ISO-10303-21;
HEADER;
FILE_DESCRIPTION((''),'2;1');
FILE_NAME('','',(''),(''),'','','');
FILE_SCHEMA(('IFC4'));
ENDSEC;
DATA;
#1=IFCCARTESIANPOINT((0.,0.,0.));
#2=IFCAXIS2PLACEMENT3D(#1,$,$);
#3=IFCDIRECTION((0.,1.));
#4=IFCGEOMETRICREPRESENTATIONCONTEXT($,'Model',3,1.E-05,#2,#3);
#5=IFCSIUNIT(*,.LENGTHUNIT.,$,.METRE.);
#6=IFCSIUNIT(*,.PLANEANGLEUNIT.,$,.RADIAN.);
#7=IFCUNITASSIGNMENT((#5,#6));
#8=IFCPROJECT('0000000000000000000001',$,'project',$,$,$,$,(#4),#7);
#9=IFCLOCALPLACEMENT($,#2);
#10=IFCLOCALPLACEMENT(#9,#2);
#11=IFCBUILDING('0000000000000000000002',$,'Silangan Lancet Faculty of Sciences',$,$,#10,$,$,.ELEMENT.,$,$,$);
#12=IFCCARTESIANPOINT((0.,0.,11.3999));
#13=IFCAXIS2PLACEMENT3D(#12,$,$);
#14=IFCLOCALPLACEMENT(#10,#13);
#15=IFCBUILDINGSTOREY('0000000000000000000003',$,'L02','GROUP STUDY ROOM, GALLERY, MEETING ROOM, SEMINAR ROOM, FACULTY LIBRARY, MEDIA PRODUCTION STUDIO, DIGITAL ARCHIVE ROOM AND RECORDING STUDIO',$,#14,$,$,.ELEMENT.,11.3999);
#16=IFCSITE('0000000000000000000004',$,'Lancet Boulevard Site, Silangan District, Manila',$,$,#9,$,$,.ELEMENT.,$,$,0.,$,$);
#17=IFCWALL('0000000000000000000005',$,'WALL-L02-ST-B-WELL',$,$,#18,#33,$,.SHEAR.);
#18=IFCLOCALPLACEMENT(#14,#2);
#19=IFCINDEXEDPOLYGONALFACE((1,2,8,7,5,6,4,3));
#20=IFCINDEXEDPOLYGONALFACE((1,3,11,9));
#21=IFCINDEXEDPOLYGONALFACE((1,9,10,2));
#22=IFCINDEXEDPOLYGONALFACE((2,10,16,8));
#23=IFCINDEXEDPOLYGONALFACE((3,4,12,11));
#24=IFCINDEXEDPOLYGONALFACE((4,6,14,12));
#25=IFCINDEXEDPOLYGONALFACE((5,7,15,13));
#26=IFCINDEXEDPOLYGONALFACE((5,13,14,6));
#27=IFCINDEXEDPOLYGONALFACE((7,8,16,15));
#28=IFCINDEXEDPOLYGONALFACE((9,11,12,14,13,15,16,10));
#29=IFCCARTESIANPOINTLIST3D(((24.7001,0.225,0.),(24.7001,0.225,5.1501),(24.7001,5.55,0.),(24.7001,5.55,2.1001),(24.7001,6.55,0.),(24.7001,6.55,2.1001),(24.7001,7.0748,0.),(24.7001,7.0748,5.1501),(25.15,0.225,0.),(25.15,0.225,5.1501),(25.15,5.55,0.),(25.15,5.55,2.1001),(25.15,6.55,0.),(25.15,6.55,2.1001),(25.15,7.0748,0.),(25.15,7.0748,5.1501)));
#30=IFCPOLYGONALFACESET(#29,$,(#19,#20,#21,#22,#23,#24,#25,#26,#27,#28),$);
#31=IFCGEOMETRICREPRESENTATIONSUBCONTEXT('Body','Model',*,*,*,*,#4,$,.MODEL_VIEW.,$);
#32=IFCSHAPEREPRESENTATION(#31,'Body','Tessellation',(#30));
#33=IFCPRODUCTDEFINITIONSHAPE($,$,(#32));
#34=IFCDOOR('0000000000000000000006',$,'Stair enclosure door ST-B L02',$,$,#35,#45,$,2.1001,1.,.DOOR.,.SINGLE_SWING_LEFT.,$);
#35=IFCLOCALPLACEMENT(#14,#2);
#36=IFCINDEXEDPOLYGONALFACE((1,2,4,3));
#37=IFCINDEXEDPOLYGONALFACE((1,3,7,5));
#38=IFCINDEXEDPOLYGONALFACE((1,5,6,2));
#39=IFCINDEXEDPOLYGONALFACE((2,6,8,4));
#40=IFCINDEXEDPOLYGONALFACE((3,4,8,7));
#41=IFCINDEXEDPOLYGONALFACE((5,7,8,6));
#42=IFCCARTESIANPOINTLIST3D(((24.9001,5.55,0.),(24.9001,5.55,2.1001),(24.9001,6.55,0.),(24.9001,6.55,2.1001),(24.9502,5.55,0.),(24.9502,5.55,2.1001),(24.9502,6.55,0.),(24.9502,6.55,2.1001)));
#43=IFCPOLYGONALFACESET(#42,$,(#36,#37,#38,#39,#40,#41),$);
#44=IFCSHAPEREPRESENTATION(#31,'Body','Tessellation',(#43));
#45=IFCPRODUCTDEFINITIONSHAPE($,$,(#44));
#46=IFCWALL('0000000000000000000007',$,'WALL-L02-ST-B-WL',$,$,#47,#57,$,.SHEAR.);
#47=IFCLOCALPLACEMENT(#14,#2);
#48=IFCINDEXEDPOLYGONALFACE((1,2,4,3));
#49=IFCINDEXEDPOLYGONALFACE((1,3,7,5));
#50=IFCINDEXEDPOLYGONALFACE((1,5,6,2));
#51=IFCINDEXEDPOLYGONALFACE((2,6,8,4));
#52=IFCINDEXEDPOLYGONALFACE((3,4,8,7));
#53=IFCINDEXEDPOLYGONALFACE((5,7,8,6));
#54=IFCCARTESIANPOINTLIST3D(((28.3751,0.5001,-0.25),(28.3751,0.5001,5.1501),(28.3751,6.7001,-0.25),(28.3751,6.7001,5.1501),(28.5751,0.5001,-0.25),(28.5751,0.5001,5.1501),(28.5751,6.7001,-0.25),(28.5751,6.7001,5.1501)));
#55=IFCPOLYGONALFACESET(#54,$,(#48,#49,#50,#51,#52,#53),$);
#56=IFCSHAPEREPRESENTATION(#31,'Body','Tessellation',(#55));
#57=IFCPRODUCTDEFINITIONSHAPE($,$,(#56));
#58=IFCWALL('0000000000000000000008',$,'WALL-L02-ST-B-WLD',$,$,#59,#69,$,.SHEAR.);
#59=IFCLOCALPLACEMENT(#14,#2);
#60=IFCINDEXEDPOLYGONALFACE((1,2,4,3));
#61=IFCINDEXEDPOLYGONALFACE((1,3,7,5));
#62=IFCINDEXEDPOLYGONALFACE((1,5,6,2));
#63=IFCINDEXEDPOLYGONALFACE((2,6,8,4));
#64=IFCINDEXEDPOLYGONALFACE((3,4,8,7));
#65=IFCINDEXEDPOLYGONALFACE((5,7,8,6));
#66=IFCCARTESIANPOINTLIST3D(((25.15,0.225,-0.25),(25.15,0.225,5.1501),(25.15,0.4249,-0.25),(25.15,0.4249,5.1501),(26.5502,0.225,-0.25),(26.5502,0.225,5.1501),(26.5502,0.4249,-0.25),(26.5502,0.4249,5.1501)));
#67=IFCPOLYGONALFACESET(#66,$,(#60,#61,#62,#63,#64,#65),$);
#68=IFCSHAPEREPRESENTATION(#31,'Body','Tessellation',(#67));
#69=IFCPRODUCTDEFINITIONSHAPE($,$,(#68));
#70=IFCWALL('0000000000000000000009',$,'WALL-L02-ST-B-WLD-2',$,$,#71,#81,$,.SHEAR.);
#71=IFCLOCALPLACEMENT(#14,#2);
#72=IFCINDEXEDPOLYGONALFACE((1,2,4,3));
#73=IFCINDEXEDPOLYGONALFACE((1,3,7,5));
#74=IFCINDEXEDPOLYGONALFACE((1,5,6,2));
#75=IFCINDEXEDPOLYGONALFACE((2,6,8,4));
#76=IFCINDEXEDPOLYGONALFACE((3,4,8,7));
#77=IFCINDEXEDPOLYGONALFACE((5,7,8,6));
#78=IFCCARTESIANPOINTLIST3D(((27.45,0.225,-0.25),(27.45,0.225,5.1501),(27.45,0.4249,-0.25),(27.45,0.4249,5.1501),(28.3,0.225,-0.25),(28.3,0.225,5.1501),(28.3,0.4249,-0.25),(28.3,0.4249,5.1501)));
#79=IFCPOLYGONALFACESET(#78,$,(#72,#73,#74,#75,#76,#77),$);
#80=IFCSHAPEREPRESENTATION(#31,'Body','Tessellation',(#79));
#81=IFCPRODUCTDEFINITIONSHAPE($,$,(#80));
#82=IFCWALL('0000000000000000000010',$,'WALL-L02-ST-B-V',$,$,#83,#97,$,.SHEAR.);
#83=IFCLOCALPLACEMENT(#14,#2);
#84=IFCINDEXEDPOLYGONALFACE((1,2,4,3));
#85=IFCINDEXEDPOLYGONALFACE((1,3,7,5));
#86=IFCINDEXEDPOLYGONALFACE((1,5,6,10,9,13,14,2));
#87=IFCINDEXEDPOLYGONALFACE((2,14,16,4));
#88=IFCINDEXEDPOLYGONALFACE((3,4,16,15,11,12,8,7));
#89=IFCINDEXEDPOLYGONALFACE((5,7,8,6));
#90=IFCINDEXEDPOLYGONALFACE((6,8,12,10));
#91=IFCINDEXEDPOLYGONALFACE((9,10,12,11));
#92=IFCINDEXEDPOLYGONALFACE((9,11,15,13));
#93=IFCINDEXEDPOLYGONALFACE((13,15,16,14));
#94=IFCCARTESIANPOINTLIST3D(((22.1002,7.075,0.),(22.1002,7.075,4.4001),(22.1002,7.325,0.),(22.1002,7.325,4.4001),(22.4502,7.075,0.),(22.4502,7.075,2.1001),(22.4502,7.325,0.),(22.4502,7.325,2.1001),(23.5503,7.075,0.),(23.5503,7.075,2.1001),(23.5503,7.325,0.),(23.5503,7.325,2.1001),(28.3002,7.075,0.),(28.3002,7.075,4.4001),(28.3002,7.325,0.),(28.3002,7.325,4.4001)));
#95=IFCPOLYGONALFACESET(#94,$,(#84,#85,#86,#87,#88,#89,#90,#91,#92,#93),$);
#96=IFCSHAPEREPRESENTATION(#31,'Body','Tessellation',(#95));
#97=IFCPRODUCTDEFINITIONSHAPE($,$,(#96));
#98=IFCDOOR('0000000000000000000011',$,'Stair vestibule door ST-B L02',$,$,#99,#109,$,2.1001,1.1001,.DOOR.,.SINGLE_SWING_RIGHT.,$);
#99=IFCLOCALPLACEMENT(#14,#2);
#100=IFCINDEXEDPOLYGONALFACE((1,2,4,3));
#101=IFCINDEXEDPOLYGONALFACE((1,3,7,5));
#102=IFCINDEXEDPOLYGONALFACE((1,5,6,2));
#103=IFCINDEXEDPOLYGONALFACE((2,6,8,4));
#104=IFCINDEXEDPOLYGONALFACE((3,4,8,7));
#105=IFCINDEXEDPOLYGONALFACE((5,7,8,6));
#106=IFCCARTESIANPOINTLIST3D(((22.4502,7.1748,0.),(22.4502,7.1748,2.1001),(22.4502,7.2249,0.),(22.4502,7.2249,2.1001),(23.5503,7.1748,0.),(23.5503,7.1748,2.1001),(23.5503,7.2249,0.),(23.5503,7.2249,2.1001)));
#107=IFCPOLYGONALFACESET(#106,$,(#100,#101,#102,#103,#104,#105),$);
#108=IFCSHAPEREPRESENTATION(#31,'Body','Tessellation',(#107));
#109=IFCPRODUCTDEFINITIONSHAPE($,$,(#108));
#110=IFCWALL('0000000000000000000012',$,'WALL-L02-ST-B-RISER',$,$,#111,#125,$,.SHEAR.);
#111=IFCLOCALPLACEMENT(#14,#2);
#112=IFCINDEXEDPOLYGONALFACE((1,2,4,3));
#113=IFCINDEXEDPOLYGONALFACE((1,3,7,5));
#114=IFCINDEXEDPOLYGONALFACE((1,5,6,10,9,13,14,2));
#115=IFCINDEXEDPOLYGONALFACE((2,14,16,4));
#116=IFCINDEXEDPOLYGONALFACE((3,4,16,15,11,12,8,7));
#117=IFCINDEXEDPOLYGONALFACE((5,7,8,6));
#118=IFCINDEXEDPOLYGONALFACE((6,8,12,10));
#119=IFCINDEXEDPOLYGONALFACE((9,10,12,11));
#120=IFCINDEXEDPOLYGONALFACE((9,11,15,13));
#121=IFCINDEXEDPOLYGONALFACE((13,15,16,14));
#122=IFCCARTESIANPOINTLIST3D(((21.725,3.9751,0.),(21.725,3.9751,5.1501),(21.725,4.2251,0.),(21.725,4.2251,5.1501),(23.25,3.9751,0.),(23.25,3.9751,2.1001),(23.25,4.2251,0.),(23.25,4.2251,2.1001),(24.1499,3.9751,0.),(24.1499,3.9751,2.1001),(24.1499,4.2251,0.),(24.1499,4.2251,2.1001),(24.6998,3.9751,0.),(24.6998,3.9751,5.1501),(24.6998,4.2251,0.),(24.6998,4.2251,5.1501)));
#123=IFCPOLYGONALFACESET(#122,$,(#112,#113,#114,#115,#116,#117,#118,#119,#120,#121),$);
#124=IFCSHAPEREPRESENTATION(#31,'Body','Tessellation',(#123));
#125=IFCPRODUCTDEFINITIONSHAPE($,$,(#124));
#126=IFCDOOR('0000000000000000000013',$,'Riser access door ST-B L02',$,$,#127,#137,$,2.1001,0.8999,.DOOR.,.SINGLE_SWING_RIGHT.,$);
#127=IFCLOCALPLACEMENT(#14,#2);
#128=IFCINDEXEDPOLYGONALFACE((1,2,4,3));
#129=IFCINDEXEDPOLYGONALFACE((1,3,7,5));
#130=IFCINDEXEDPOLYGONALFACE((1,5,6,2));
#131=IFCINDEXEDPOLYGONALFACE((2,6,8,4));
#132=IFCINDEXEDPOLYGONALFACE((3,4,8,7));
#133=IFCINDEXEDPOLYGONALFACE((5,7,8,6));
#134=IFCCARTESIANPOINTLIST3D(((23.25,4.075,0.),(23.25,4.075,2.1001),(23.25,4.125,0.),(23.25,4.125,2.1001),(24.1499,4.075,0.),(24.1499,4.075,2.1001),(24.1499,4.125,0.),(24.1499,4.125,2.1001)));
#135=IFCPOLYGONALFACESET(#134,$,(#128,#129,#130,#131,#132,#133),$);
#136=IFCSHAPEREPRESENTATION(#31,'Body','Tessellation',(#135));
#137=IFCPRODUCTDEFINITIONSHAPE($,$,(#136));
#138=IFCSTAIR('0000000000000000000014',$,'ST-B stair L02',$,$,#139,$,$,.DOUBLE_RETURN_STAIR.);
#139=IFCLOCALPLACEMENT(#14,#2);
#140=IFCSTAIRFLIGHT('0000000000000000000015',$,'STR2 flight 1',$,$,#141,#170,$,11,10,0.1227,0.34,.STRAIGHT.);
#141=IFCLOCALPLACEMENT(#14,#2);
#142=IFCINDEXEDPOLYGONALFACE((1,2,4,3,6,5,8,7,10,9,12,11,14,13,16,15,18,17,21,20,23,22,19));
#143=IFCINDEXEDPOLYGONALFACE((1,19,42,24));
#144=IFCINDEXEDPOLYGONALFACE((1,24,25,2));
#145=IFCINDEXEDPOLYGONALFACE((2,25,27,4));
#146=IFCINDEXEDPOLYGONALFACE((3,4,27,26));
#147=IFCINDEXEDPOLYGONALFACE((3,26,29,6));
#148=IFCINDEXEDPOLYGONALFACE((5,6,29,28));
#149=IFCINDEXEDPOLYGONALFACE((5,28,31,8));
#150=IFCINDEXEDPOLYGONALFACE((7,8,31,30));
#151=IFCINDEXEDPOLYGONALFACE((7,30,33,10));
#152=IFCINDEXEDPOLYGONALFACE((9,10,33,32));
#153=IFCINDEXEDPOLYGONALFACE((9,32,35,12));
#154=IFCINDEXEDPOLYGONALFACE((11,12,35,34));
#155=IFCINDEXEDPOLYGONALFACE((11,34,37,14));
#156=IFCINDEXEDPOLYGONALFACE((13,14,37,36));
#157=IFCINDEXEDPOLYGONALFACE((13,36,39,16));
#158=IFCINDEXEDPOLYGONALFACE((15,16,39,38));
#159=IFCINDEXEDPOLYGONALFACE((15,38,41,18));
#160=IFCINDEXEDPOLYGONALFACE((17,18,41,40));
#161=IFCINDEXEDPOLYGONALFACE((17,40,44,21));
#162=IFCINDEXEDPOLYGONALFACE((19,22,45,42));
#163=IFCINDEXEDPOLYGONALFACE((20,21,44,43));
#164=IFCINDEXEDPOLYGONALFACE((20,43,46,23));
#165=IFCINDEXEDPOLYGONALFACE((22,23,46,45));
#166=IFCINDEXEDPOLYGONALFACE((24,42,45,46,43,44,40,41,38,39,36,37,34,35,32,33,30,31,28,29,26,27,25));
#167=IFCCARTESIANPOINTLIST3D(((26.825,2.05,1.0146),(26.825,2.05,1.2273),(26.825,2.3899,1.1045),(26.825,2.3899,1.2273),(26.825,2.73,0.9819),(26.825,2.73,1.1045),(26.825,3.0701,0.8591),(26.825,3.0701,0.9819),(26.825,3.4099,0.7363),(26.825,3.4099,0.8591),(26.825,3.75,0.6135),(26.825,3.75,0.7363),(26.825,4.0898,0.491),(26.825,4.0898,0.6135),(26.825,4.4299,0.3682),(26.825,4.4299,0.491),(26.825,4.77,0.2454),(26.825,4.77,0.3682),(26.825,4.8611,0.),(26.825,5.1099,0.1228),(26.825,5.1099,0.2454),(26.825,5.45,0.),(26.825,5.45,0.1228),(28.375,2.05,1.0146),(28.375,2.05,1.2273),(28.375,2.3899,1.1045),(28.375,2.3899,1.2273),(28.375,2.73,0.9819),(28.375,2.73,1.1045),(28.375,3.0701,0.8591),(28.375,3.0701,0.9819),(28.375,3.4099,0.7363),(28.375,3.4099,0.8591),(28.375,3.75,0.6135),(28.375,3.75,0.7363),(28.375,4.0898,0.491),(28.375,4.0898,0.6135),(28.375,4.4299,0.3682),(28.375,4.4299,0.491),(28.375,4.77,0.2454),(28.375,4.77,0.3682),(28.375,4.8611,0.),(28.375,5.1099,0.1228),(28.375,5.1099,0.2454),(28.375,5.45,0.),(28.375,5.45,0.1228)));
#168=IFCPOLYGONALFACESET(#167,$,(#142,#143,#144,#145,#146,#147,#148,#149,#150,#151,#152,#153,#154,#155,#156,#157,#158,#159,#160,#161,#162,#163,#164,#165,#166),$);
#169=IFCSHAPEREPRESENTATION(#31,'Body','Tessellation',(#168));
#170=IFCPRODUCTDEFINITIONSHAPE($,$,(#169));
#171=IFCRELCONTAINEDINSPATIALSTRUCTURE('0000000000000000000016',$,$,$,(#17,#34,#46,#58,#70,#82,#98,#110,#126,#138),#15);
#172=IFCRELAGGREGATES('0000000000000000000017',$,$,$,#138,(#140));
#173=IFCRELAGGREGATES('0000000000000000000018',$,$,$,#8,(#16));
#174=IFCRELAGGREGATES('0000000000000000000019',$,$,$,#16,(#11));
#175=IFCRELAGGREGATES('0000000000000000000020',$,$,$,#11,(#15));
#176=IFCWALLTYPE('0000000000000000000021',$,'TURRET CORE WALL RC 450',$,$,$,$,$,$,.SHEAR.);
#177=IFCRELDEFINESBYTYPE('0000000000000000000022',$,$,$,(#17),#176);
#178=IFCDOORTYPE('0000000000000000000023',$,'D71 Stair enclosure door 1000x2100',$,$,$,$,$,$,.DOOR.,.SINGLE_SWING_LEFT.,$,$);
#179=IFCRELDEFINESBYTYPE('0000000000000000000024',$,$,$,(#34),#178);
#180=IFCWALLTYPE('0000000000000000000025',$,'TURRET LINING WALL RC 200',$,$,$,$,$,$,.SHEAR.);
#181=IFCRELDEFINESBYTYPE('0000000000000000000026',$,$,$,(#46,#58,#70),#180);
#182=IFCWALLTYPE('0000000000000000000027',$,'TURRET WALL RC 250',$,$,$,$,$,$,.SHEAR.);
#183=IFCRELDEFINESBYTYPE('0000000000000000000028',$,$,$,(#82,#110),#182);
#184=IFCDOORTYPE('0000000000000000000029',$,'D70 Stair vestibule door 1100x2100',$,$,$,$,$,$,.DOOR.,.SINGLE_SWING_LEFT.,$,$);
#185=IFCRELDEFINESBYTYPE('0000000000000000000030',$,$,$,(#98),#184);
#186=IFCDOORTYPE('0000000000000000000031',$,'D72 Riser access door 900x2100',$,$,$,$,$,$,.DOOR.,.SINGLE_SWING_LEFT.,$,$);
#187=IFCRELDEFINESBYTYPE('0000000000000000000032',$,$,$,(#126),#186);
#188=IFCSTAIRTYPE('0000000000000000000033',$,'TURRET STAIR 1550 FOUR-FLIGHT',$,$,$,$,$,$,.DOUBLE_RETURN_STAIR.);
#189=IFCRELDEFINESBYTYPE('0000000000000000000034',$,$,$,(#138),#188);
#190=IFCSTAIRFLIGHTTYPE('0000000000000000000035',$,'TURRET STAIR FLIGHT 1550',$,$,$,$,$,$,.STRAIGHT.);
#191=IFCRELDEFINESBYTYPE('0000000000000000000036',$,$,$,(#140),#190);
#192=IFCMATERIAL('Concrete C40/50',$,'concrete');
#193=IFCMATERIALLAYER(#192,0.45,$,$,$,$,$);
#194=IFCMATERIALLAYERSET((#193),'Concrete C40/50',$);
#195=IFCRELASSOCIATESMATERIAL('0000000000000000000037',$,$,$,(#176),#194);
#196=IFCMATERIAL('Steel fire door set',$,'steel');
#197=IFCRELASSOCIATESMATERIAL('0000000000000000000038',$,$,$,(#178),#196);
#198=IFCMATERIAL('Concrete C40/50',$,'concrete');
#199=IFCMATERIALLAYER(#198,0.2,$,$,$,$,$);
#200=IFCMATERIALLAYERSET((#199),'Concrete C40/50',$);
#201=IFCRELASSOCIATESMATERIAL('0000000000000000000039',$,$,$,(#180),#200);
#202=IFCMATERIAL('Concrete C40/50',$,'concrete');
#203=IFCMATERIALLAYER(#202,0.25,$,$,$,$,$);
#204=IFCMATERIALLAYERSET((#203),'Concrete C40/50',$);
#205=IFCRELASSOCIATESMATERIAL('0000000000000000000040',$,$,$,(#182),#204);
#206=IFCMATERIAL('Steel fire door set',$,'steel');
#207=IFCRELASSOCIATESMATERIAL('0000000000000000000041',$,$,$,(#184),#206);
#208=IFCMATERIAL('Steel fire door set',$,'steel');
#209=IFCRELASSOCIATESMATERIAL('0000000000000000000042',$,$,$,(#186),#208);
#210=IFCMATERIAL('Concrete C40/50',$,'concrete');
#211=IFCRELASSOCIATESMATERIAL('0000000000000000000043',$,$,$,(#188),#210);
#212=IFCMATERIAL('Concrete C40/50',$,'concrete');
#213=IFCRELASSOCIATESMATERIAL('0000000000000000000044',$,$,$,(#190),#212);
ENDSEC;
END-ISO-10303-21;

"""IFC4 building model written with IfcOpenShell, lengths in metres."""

from ifc_helpers import new_model, si_unit, direction, frame, frame_2d, origin, place, context, subcontext, project, spatial, polyline, rectangle, outline, extrude, material, layer, layer_set, type_object, element, fill, aggregate, save


model = new_model("IFC4")

# Units and contexts
model_context = context("Model", 3, precision=1e-05, world=origin(), true_north=direction((0.0, 1.0)))
body_context = subcontext(model_context, "Body", "Model", "MODEL_VIEW")
ifc_project = project(units=[si_unit("LENGTHUNIT", "METRE"), si_unit("PLANEANGLEUNIT", "RADIAN")], contexts=[model_context])

# Site, building, storey
site_placement = place(None, origin())
site = spatial("IfcSite", under=ifc_project, at=site_placement, Name="Lancet Boulevard Site, Silangan District, Manila", CompositionType="ELEMENT", RefElevation=0.0)
building_placement = place(site_placement, origin())
building = spatial("IfcBuilding", under=site, at=building_placement, Name="Silangan Lancet Faculty of Sciences", CompositionType="ELEMENT")
storey_placement = place(building_placement, frame((0.0, 0.0, 11.3999)))
storey = spatial("IfcBuildingStorey", under=building, at=storey_placement, Name="L02", Description="GROUP STUDY ROOM, GALLERY, MEETING ROOM, SEMINAR ROOM, FACULTY LIBRARY, MEDIA PRODUCTION STUDIO, DIGITAL ARCHIVE ROOM AND RECORDING STUDIO", CompositionType="ELEMENT", Elevation=11.3999)

# Wall, opening, door
ifc_material_1 = material(Name="Concrete C40/50", Category="concrete")
ifc_layer_1 = layer(ifc_material_1, 0.45)
ifc_layer_set_1 = layer_set([ifc_layer_1], Name="Concrete C40/50")
wall_type_1 = type_object("IfcWallType", Name="TURRET CORE WALL RC 450", PredefinedType="SHEAR", material=ifc_layer_set_1)
wall_1_placement = place(storey_placement, frame((24.925, 0.2251, 0.0), z_axis=(0.0, 0.0, 1.0), x_axis=(0.0, 1.0, 0.0)))
wall_1 = element("IfcWall", 1, at=wall_1_placement, inside=storey, type_object=wall_type_1, Name="WALL-L02-ST-B-WELL", PredefinedType="SHEAR", context=body_context, shape_type="SweptSolid", body=[
    extrude(rectangle(XDim=6.8499, YDim=0.45, at=frame_2d((3.4248, 0.0))), origin(), (0.0, 0.0, 1.0), 5.1501),
])
opening_1_placement = place(wall_1_placement, frame((5.325, 0.0, 0.0)))
opening_1 = element("IfcOpeningElement", 2, at=opening_1_placement, cuts=wall_1, PredefinedType="OPENING", context=body_context, shape_type="SweptSolid", body=[
    extrude(rectangle(XDim=1.0, YDim=2.1001, at=frame_2d((0.5, 1.05))), frame((0.0, 0.2349, 0.0), z_axis=(0.0, -1.0, 0.0), x_axis=(1.0, 0.0, 0.0)), (0.0, 0.0, 1.0), 0.47),
])
ifc_material_2 = material(Name="Steel fire door set", Category="steel")
door_type_1 = type_object("IfcDoorType", Name="D71 Stair enclosure door 1000x2100", OperationType="SINGLE_SWING_LEFT", PredefinedType="DOOR", material=ifc_material_2)
door_1_placement = place(opening_1_placement, frame((1.0, 0.0, 0.0), z_axis=(0.0, 0.0, 1.0), x_axis=(-1.0, 0.0, 0.0)))
door_1 = element("IfcDoor", 3, at=door_1_placement, inside=storey, type_object=door_type_1, Name="Stair enclosure door ST-B L02", OperationType="SINGLE_SWING_LEFT", OverallHeight=2.1001, OverallWidth=1.0, PredefinedType="DOOR", context=body_context, shape_type="SweptSolid", body=[
    extrude(rectangle(XDim=1.0, YDim=2.1001, at=frame_2d((0.5, 1.05))), frame((0.0, 0.0251, 0.0), z_axis=(0.0, -1.0, 0.0), x_axis=(1.0, 0.0, 0.0)), (0.0, 0.0, 1.0), 0.05),
])
fill(opening_1, door_1)

# Walls
ifc_material_3 = material(Name="Concrete C40/50", Category="concrete")
ifc_layer_2 = layer(ifc_material_3, 0.2)
ifc_layer_set_2 = layer_set([ifc_layer_2], Name="Concrete C40/50")
wall_type_2 = type_object("IfcWallType", Name="TURRET LINING WALL RC 200", PredefinedType="SHEAR", material=ifc_layer_set_2)
wall_2_placement = place(storey_placement, frame((28.4751, 0.5, -0.25), z_axis=(0.0, 0.0, 1.0), x_axis=(0.0, 1.0, 0.0)))
element("IfcWall", 4, at=wall_2_placement, inside=storey, type_object=wall_type_2, Name="WALL-L02-ST-B-WL", PredefinedType="SHEAR", context=body_context, shape_type="SweptSolid", body=[
    extrude(rectangle(XDim=6.2, YDim=0.2, at=frame_2d((3.1001, 0.0))), origin(), (0.0, 0.0, 1.0), 5.4001),
])
wall_3_placement = place(storey_placement, frame((25.1499, 0.325, -0.25), z_axis=(0.0, 0.0, 1.0), x_axis=(1.0, 0.0, 0.0)))
element("IfcWall", 5, at=wall_3_placement, inside=storey, type_object=wall_type_2, Name="WALL-L02-ST-B-WLD", PredefinedType="SHEAR", context=body_context, shape_type="SweptSolid", body=[
    extrude(rectangle(XDim=1.4001, YDim=0.2, at=frame_2d((0.7002, 0.0))), origin(), (0.0, 0.0, 1.0), 5.4001),
])
wall_4_placement = place(storey_placement, frame((27.45, 0.325, -0.25), z_axis=(0.0, 0.0, 1.0), x_axis=(1.0, 0.0, 0.0)))
element("IfcWall", 6, at=wall_4_placement, inside=storey, type_object=wall_type_2, Name="WALL-L02-ST-B-WLD-2", PredefinedType="SHEAR", context=body_context, shape_type="SweptSolid", body=[
    extrude(rectangle(XDim=0.8501, YDim=0.2, at=frame_2d((0.425, 0.0))), origin(), (0.0, 0.0, 1.0), 5.4001),
])

# Walls, openings, doors
ifc_material_4 = material(Name="Concrete C40/50", Category="concrete")
ifc_layer_3 = layer(ifc_material_4, 0.25)
ifc_layer_set_3 = layer_set([ifc_layer_3], Name="Concrete C40/50")
wall_type_3 = type_object("IfcWallType", Name="TURRET WALL RC 250", PredefinedType="SHEAR", material=ifc_layer_set_3)
wall_5_placement = place(storey_placement, frame((22.1001, 7.2, 0.0), z_axis=(0.0, 0.0, 1.0), x_axis=(1.0, 0.0, 0.0)))
wall_5 = element("IfcWall", 7, at=wall_5_placement, inside=storey, type_object=wall_type_3, Name="WALL-L02-ST-B-V", PredefinedType="SHEAR", context=body_context, shape_type="SweptSolid", body=[
    extrude(rectangle(XDim=6.2, YDim=0.25, at=frame_2d((3.1001, 0.0))), origin(), (0.0, 0.0, 1.0), 4.4001),
])
opening_2_placement = place(wall_5_placement, frame((0.3501, 0.0, 0.0)))
opening_2 = element("IfcOpeningElement", 8, at=opening_2_placement, cuts=wall_5, PredefinedType="OPENING", context=body_context, shape_type="SweptSolid", body=[
    extrude(rectangle(XDim=1.1001, YDim=2.1001, at=frame_2d((0.55, 1.05))), frame((0.0, 0.135, 0.0), z_axis=(0.0, -1.0, 0.0), x_axis=(1.0, 0.0, 0.0)), (0.0, 0.0, 1.0), 0.27),
])
ifc_material_5 = material(Name="Steel fire door set", Category="steel")
door_type_2 = type_object("IfcDoorType", Name="D70 Stair vestibule door 1100x2100", OperationType="SINGLE_SWING_LEFT", PredefinedType="DOOR", material=ifc_material_5)
door_2_placement = place(opening_2_placement, frame((1.1001, 0.0, 0.0), z_axis=(0.0, 0.0, 1.0), x_axis=(-1.0, 0.0, 0.0)))
door_2 = element("IfcDoor", 9, at=door_2_placement, inside=storey, type_object=door_type_2, Name="Stair vestibule door ST-B L02", OperationType="SINGLE_SWING_RIGHT", OverallHeight=2.1001, OverallWidth=1.1001, PredefinedType="DOOR", context=body_context, shape_type="SweptSolid", body=[
    extrude(rectangle(XDim=1.1001, YDim=2.1001, at=frame_2d((0.55, 1.05))), frame((0.0, 0.0251, 0.0), z_axis=(0.0, -1.0, 0.0), x_axis=(1.0, 0.0, 0.0)), (0.0, 0.0, 1.0), 0.05),
])
fill(opening_2, door_2)
wall_6_placement = place(storey_placement, frame((21.7251, 4.1001, 0.0), z_axis=(0.0, 0.0, 1.0), x_axis=(1.0, 0.0, 0.0)))
wall_6 = element("IfcWall", 10, at=wall_6_placement, inside=storey, type_object=wall_type_3, Name="WALL-L02-ST-B-RISER", PredefinedType="SHEAR", context=body_context, shape_type="SweptSolid", body=[
    extrude(rectangle(XDim=2.9749, YDim=0.25, at=frame_2d((1.4873, 0.0))), origin(), (0.0, 0.0, 1.0), 5.1501),
])
opening_3_placement = place(wall_6_placement, frame((1.5249, 0.0, 0.0)))
opening_3 = element("IfcOpeningElement", 11, at=opening_3_placement, cuts=wall_6, PredefinedType="OPENING", context=body_context, shape_type="SweptSolid", body=[
    extrude(rectangle(XDim=0.8999, YDim=2.1001, at=frame_2d((0.45, 1.05))), frame((0.0, 0.135, 0.0), z_axis=(0.0, -1.0, 0.0), x_axis=(1.0, 0.0, 0.0)), (0.0, 0.0, 1.0), 0.27),
])
ifc_material_6 = material(Name="Steel fire door set", Category="steel")
door_type_3 = type_object("IfcDoorType", Name="D72 Riser access door 900x2100", OperationType="SINGLE_SWING_LEFT", PredefinedType="DOOR", material=ifc_material_6)
door_3_placement = place(opening_3_placement, frame((0.8999, 0.0, 0.0), z_axis=(0.0, 0.0, 1.0), x_axis=(-1.0, 0.0, 0.0)))
door_3 = element("IfcDoor", 12, at=door_3_placement, inside=storey, type_object=door_type_3, Name="Riser access door ST-B L02", OperationType="SINGLE_SWING_RIGHT", OverallHeight=2.1001, OverallWidth=0.8999, PredefinedType="DOOR", context=body_context, shape_type="SweptSolid", body=[
    extrude(rectangle(XDim=0.8999, YDim=2.1001, at=frame_2d((0.45, 1.05))), frame((0.0, 0.0251, 0.0), z_axis=(0.0, -1.0, 0.0), x_axis=(1.0, 0.0, 0.0)), (0.0, 0.0, 1.0), 0.05),
])
fill(opening_3, door_3)

# Stair, stair flight
ifc_material_7 = material(Name="Concrete C40/50", Category="concrete")
stair_type = type_object("IfcStairType", Name="TURRET STAIR 1550 FOUR-FLIGHT", PredefinedType="DOUBLE_RETURN_STAIR", material=ifc_material_7)
stair_placement = place(storey_placement, origin())
stair = element("IfcStair", 13, at=stair_placement, inside=storey, type_object=stair_type, Name="ST-B stair L02", PredefinedType="DOUBLE_RETURN_STAIR")
ifc_material_8 = material(Name="Concrete C40/50", Category="concrete")
stair_flight_type = type_object("IfcStairFlightType", Name="TURRET STAIR FLIGHT 1550", PredefinedType="STRAIGHT", material=ifc_material_8)
stair_flight_1_placement = place(storey_placement, frame((27.6001, 5.45, 0.0), z_axis=(0.0, 0.0, 1.0), x_axis=(0.0, -1.0, 0.0)))
stair_flight_1 = element("IfcStairFlight", 14, at=stair_flight_1_placement, type_object=stair_flight_type, Name="STR2 flight 1", NumberOfRisers=11, NumberOfTreads=10, PredefinedType="STRAIGHT", RiserHeight=0.1227, TreadLength=0.34, context=body_context, shape_type="SweptSolid", body=[
    extrude(outline(polyline([(0.0, 0.0), (0.0, 0.1228), (0.3401, 0.1228), (0.3401, 0.2454), (0.6799, 0.2454), (0.6799, 0.3682), (1.02, 0.3682), (1.02, 0.491), (1.3601, 0.491), (1.3601, 0.6135), (1.7, 0.6135), (1.7, 0.7363), (2.04, 0.7363), (2.04, 0.8591), (2.3799, 0.8591), (2.3799, 0.9819), (2.72, 0.9819), (2.72, 1.1045), (3.0601, 1.1045), (3.0601, 1.2273), (3.3999, 1.2273), (3.3999, 1.3501), (3.3999, 1.0146), (0.5889, 0.0), (0.0, 0.0)])), frame((0.0, 0.7749, 0.0), z_axis=(0.0, -1.0, 0.0), x_axis=(1.0, 0.0, 0.0)), (0.0, 0.0, 1.0), 1.55),
])
aggregate(stair, [stair_flight_1])

save(model, "model.ifc")
